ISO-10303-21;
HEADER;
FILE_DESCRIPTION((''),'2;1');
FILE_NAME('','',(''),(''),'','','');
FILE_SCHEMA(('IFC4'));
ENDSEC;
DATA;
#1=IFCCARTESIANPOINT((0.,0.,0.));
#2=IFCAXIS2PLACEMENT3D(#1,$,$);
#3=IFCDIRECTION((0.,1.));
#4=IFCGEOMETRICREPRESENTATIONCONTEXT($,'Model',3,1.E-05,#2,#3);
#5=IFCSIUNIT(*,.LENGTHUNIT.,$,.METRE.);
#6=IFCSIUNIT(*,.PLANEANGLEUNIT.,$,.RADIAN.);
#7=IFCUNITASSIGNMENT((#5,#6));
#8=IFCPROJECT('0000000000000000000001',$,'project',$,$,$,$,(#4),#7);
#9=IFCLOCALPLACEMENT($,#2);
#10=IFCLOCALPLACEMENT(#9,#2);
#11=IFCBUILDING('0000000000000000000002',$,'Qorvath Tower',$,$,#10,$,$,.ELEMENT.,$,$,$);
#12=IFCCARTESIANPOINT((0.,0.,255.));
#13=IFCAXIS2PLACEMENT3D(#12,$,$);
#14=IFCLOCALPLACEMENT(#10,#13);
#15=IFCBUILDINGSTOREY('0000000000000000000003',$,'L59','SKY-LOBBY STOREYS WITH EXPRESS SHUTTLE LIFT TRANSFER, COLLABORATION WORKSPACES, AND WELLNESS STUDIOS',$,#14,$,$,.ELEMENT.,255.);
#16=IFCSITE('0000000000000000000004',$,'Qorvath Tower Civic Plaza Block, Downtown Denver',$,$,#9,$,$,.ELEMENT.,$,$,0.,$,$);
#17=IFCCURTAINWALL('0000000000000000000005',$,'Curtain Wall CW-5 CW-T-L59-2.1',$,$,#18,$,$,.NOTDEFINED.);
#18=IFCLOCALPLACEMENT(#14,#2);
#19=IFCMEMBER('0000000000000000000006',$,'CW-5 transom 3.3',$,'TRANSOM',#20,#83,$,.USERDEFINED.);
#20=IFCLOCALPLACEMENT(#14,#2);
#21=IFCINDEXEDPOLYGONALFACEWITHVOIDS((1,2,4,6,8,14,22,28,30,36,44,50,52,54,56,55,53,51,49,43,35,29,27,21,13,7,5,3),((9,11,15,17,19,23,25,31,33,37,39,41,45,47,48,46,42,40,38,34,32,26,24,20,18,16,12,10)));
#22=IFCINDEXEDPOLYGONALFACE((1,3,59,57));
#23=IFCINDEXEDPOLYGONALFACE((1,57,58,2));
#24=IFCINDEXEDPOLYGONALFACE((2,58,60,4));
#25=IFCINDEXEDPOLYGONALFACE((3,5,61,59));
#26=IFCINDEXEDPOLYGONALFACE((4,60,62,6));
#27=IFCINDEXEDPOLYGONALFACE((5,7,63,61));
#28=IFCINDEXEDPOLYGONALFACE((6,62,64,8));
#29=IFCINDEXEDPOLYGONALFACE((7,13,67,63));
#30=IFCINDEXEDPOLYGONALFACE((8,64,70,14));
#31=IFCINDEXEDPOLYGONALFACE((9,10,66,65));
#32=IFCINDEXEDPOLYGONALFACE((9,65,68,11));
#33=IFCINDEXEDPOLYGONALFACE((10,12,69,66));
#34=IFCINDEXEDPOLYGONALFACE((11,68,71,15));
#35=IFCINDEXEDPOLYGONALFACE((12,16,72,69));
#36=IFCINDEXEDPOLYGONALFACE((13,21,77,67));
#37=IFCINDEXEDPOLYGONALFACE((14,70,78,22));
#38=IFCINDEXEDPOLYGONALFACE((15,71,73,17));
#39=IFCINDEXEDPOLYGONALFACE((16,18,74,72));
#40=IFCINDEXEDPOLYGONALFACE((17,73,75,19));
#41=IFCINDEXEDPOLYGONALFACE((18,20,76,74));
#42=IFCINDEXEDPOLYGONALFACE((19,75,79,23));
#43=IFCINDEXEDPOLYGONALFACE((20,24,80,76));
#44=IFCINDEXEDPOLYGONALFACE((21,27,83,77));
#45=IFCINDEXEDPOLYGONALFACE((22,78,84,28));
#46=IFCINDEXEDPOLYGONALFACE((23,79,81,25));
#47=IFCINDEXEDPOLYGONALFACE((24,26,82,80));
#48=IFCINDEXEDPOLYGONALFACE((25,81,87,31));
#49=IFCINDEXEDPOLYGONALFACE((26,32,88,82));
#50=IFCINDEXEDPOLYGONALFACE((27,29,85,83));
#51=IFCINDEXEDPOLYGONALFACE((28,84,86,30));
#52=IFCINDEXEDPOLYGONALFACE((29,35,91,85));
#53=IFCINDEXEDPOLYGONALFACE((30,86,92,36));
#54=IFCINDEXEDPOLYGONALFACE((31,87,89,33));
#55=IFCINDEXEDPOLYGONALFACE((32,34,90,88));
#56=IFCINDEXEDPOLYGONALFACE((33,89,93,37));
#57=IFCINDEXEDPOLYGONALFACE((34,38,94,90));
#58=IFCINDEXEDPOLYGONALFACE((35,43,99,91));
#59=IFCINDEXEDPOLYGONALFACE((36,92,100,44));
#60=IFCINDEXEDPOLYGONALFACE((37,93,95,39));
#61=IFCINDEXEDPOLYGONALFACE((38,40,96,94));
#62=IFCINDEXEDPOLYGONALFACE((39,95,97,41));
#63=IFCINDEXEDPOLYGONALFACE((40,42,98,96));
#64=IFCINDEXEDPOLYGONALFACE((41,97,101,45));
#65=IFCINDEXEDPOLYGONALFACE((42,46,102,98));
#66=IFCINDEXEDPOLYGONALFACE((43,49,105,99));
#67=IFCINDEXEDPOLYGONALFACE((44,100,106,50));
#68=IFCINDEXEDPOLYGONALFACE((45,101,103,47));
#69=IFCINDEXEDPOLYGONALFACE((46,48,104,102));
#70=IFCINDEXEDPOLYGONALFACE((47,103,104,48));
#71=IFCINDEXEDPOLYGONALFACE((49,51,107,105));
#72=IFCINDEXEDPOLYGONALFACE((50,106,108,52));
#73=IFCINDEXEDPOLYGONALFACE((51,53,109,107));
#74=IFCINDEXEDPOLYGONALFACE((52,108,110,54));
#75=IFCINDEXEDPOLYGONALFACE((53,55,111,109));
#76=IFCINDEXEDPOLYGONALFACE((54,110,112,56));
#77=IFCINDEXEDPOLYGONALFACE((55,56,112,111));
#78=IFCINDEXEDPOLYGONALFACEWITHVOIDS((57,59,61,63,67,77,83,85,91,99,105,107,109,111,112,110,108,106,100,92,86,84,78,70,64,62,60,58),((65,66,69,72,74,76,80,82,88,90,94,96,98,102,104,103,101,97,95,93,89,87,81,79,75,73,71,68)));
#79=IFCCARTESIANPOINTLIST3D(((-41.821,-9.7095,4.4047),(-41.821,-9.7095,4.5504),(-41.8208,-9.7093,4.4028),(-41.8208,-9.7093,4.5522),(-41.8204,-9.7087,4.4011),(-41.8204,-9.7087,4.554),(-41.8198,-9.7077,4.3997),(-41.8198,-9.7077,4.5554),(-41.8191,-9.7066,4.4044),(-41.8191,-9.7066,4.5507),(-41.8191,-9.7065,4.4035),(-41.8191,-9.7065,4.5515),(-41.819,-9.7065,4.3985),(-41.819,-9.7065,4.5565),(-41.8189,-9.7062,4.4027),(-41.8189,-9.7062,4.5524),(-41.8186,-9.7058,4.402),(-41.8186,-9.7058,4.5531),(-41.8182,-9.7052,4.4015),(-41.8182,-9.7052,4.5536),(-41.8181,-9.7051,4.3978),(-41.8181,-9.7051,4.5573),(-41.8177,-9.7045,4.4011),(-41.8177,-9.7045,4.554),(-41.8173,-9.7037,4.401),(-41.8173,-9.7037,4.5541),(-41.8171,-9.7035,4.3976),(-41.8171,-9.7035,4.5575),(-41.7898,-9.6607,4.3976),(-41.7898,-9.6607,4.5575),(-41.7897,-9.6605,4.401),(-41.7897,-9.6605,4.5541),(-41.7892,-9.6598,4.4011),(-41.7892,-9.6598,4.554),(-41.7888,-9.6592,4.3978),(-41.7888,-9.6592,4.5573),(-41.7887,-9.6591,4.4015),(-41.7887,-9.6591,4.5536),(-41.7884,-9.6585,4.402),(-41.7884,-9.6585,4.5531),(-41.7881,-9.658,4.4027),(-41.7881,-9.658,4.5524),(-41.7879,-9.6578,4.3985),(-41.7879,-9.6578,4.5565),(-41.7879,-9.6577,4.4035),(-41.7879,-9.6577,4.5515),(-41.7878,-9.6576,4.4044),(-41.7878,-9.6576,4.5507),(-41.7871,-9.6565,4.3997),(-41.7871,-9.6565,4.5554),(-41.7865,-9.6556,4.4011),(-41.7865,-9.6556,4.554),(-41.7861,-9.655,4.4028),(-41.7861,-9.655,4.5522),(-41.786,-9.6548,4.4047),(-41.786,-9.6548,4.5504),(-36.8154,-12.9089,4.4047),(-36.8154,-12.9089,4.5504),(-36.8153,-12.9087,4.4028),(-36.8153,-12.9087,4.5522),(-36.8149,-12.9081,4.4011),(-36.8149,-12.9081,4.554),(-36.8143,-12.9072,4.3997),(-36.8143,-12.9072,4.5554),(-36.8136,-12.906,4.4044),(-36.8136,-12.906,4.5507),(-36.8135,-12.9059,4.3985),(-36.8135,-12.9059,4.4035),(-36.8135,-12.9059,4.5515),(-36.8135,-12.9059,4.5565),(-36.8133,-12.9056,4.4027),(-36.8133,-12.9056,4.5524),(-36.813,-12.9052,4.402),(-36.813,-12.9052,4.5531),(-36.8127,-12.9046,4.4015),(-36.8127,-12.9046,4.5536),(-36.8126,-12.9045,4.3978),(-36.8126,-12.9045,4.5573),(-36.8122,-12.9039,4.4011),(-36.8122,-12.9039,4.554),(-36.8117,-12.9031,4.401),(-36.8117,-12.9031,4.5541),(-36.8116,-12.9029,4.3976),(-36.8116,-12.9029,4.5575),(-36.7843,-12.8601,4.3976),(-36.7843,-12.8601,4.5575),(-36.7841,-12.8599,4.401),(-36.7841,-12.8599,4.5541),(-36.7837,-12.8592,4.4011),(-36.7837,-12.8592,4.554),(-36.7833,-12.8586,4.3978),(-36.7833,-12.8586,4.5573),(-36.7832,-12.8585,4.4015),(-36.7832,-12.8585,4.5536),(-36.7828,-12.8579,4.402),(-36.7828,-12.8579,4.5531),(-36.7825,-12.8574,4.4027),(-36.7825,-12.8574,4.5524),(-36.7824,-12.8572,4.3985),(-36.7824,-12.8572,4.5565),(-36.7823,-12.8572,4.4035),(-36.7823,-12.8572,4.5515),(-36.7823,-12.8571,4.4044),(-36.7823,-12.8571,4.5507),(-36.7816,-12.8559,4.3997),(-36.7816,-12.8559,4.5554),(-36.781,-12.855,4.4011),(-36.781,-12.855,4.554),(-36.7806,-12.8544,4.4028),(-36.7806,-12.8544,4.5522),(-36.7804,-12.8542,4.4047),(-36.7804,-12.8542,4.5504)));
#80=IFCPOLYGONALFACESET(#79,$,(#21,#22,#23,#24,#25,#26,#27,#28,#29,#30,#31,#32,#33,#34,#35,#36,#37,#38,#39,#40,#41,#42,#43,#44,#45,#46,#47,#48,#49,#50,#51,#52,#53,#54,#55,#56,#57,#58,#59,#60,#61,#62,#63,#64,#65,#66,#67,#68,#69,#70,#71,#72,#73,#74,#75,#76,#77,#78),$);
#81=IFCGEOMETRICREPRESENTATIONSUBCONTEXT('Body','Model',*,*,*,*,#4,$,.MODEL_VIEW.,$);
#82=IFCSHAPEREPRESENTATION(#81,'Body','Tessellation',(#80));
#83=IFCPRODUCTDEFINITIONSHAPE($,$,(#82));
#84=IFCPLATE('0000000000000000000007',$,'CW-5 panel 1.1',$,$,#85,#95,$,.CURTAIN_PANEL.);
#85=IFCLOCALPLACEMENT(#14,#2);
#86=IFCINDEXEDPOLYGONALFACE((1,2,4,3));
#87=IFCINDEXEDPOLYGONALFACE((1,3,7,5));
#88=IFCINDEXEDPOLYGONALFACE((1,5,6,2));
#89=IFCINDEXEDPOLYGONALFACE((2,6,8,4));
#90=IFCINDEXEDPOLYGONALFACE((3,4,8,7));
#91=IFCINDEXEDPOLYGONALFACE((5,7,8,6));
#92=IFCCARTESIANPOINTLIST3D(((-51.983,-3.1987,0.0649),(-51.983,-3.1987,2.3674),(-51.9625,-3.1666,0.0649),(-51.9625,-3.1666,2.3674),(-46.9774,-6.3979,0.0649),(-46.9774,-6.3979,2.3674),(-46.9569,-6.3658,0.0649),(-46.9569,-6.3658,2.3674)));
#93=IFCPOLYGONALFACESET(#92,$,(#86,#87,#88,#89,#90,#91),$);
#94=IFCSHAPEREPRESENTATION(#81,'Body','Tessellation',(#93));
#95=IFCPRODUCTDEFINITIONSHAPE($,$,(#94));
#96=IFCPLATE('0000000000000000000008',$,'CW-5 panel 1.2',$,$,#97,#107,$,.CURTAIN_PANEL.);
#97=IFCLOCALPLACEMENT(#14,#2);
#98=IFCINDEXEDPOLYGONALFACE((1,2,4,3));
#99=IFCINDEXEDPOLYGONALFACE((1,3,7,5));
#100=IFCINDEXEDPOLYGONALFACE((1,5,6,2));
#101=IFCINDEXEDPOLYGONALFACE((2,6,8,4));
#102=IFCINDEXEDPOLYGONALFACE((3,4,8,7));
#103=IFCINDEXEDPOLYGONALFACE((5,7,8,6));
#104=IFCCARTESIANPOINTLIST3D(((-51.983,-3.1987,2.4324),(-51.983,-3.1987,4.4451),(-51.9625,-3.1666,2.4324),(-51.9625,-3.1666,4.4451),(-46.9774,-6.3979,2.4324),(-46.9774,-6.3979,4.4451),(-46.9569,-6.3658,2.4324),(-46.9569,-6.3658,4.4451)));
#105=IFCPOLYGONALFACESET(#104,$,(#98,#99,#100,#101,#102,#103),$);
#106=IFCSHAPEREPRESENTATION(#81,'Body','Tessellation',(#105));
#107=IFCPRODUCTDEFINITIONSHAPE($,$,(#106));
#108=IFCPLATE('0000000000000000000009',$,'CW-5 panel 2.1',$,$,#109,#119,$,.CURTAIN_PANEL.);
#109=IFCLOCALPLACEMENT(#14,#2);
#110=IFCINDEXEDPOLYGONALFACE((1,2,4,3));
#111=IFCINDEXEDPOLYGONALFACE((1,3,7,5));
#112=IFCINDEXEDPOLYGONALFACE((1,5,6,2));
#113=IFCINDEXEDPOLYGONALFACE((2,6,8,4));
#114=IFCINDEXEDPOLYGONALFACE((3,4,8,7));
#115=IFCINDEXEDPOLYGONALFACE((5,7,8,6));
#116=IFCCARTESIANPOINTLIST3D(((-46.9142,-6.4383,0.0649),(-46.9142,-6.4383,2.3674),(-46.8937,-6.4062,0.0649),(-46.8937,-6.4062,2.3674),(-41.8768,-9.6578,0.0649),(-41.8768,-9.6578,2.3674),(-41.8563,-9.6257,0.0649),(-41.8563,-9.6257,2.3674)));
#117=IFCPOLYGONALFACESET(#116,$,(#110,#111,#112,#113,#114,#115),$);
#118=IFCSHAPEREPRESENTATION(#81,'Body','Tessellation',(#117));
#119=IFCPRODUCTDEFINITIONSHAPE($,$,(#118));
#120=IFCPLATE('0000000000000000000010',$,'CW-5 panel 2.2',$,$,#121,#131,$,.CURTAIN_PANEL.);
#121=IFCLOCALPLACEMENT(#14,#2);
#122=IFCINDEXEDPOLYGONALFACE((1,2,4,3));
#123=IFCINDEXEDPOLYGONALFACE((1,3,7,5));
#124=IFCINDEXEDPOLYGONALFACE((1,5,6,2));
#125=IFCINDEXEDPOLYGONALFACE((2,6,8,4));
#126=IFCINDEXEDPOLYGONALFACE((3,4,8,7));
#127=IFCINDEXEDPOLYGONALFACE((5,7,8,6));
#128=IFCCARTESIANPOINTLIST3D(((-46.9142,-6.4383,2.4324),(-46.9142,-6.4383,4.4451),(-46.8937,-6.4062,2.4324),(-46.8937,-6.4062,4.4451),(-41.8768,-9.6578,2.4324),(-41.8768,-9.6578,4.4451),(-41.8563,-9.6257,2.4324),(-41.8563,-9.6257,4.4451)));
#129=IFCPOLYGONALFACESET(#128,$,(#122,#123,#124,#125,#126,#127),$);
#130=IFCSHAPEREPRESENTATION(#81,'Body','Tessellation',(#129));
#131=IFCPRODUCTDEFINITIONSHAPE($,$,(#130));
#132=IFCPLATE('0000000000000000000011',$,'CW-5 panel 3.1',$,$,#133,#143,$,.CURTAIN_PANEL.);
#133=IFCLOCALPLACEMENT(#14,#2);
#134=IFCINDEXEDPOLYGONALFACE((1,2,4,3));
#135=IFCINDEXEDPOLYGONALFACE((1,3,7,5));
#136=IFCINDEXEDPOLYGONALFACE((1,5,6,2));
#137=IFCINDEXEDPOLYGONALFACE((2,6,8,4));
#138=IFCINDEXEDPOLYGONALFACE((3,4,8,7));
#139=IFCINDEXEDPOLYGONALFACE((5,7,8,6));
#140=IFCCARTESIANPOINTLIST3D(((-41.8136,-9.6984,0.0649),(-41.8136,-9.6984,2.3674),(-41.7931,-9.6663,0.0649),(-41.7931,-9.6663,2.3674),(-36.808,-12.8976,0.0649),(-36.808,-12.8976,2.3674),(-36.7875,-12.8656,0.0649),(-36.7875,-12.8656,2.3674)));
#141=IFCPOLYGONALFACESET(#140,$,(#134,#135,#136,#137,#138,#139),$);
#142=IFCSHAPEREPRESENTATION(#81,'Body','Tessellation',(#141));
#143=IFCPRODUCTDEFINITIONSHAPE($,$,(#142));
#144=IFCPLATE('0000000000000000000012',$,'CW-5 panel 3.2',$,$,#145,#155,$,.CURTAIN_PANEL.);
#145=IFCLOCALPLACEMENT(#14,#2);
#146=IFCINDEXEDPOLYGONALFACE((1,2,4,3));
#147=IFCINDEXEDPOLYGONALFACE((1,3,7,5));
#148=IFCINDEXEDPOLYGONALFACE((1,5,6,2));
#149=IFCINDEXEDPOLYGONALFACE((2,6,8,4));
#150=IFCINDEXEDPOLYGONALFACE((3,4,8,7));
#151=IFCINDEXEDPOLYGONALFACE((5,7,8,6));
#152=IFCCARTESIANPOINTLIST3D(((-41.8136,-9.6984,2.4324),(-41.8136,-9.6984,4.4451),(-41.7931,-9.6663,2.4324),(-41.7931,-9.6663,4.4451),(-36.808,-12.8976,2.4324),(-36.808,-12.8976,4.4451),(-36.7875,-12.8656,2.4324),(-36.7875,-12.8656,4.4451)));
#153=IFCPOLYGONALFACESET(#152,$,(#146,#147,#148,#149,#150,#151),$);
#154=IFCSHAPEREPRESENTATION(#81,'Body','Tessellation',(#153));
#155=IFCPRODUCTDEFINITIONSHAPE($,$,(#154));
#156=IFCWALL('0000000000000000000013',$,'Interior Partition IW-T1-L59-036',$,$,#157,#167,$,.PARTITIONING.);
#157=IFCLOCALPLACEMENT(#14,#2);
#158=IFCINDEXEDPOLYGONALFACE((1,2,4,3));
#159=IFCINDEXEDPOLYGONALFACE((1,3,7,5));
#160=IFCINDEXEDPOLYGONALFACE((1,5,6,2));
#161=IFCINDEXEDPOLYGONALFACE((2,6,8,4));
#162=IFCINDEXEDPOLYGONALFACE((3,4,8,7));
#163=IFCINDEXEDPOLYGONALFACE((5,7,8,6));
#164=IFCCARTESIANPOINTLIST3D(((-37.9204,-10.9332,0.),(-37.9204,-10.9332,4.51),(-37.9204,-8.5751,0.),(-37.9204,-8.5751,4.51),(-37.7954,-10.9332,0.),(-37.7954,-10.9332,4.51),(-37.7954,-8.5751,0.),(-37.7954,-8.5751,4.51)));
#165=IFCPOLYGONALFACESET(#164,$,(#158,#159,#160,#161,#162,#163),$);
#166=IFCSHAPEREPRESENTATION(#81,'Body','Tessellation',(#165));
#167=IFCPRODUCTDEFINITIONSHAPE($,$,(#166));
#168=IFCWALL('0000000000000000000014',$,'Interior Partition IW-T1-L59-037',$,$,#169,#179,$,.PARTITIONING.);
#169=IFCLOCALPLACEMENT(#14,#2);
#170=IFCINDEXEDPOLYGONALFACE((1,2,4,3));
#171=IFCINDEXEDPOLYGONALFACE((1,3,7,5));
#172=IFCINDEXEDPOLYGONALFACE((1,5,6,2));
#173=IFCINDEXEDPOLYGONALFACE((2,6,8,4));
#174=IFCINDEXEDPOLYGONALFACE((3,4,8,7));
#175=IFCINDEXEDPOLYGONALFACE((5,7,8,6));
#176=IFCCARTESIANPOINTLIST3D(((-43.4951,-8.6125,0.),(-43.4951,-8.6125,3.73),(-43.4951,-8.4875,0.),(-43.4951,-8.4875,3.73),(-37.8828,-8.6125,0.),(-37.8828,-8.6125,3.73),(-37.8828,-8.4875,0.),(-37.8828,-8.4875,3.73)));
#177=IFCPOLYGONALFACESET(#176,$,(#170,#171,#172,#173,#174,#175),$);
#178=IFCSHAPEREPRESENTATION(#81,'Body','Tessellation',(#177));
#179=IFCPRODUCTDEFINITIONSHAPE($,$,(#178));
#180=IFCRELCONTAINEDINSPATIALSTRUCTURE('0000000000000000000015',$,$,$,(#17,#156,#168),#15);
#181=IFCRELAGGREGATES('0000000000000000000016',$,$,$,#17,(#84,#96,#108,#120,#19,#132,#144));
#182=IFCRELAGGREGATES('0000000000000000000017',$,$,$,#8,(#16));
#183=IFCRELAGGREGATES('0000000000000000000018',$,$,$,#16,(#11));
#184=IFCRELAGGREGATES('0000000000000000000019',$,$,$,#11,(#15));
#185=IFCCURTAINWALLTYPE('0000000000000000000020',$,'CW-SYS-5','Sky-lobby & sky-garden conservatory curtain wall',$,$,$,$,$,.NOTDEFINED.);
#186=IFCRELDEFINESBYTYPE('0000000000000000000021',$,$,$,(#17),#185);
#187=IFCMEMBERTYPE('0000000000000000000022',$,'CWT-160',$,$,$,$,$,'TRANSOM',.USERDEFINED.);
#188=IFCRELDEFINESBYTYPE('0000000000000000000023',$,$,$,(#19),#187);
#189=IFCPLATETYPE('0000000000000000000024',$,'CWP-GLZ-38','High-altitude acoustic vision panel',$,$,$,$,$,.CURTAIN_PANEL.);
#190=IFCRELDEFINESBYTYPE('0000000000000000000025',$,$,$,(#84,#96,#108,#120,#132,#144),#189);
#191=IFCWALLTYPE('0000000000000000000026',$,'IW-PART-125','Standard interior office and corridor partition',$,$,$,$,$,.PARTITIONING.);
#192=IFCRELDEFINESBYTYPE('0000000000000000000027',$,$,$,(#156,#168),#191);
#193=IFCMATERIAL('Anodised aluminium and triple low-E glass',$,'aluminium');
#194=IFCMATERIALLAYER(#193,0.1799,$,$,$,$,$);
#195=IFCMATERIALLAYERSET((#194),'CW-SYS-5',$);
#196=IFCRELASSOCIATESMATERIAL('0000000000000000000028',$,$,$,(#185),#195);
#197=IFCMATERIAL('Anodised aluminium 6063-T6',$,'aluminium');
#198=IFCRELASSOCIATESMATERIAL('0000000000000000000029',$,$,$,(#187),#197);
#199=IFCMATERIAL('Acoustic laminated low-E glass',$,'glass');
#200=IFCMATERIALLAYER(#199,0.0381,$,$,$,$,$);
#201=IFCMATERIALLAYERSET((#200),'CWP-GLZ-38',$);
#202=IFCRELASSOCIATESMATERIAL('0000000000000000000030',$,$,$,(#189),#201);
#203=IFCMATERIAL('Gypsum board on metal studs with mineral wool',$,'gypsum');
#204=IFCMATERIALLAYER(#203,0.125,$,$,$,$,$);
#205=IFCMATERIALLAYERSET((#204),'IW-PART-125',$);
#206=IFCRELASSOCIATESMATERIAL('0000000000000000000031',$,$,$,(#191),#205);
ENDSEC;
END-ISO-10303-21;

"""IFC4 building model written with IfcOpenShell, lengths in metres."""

from ifc_helpers import new_model, si_unit, direction, frame, frame_2d, origin, origin_2d, place, context, subcontext, project, spatial, rectangle, hollow_rectangle, extrude, material, layer, layer_set, material_profile, profile_set, type_object, element, aggregate, save


model = new_model("IFC4")

# Units and contexts
model_context = context("Model", 3, precision=1e-05, world=origin(), true_north=direction((0.0, 1.0)))
body_context = subcontext(model_context, "Body", "Model", "MODEL_VIEW")
ifc_project = project(units=[si_unit("LENGTHUNIT", "METRE"), si_unit("PLANEANGLEUNIT", "RADIAN")], contexts=[model_context])

# Site, building, storey
site_placement = place(None, origin())
site = spatial("IfcSite", under=ifc_project, at=site_placement, Name="Qorvath Tower Civic Plaza Block, Downtown Denver", CompositionType="ELEMENT", RefElevation=0.0)
building_placement = place(site_placement, origin())
building = spatial("IfcBuilding", under=site, at=building_placement, Name="Qorvath Tower", CompositionType="ELEMENT")
storey_placement = place(building_placement, frame((0.0, 0.0, 255.0)))
storey = spatial("IfcBuildingStorey", under=building, at=storey_placement, Name="L59", Description="SKY-LOBBY STOREYS WITH EXPRESS SHUTTLE LIFT TRANSFER, COLLABORATION WORKSPACES, AND WELLNESS STUDIOS", CompositionType="ELEMENT", Elevation=255.0)

# Curtain wall, member, plates
ifc_material_1 = material(Name="Anodised aluminium and triple low-E glass", Category="aluminium")
ifc_layer_1 = layer(ifc_material_1, 0.1799)
ifc_layer_set_1 = layer_set([ifc_layer_1], Name="CW-SYS-5")
curtain_wall_type = type_object("IfcCurtainWallType", Name="CW-SYS-5", Description="Sky-lobby & sky-garden conservatory curtain wall", PredefinedType="NOTDEFINED", material=ifc_layer_set_1)
curtain_wall_placement = place(storey_placement, origin())
curtain_wall = element("IfcCurtainWall", 1, at=curtain_wall_placement, inside=storey, type_object=curtain_wall_type, Name="Curtain Wall CW-5 CW-T-L59-2.1", PredefinedType="NOTDEFINED")
ifc_material_2 = material(Name="Anodised aluminium 6063-T6", Category="aluminium")
ifc_material_profile_1 = material_profile(ifc_material_2, hollow_rectangle(XDim=0.0649, YDim=0.1599, WallThickness=0.0034, InnerFilletRadius=0.0034, OuterFilletRadius=0.0071, at=origin_2d()), Name="CWT 160x65")
ifc_profile_set_1 = profile_set([ifc_material_profile_1], Name="Anodised aluminium 6063-T6")
member_type_1 = type_object("IfcMemberType", Name="CWT-160", ElementType="TRANSOM", PredefinedType="USERDEFINED", material=ifc_profile_set_1)
member_1_placement = place(storey_placement, frame((-41.8035, -9.6821, 4.4775), z_axis=(0.842587, -0.53856, 0.0), x_axis=(0.53856, 0.842587, 0.0)))
member_1 = element("IfcMember", 2, at=member_1_placement, type_object=member_type_1, Name="CW-5 transom 3.3", ObjectType="TRANSOM", PredefinedType="USERDEFINED", context=body_context, shape_type="SweptSolid", body=[
    extrude(hollow_rectangle(XDim=0.0649, YDim=0.1599, WallThickness=0.0034, InnerFilletRadius=0.0034, OuterFilletRadius=0.0071, at=origin_2d()), origin(), (0.0, 0.0, 1.0), 5.9407),
])
ifc_material_3 = material(Name="Acoustic laminated low-E glass", Category="glass")
ifc_layer_2 = layer(ifc_material_3, 0.0381)
ifc_layer_set_2 = layer_set([ifc_layer_2], Name="CWP-GLZ-38")
plate_type = type_object("IfcPlateType", Name="CWP-GLZ-38", Description="High-altitude acoustic vision panel", PredefinedType="CURTAIN_PANEL", material=ifc_layer_set_2)
plate_1_placement = place(storey_placement, frame((-49.47, -4.7822, 0.0649), z_axis=(0.0, 0.0, 1.0), x_axis=(0.842605, -0.538532, 0.0)))
plate_1 = element("IfcPlate", 3, at=plate_1_placement, type_object=plate_type, Name="CW-5 panel 1.1", PredefinedType="CURTAIN_PANEL", context=body_context, shape_type="SweptSolid", body=[
    extrude(rectangle(XDim=5.9407, YDim=0.0381, at=origin_2d()), origin(), (0.0, 0.0, 1.0), 2.3025),
])
plate_2_placement = place(storey_placement, frame((-49.47, -4.7822, 2.4324), z_axis=(0.0, 0.0, 1.0), x_axis=(0.842605, -0.538532, 0.0)))
plate_2 = element("IfcPlate", 4, at=plate_2_placement, type_object=plate_type, Name="CW-5 panel 1.2", PredefinedType="CURTAIN_PANEL", context=body_context, shape_type="SweptSolid", body=[
    extrude(rectangle(XDim=5.9407, YDim=0.0381, at=origin_2d()), origin(), (0.0, 0.0, 1.0), 2.0127),
])
plate_3_placement = place(storey_placement, frame((-44.3853, -8.032, 0.0649), z_axis=(0.0, 0.0, 1.0), x_axis=(0.842605, -0.538532, 0.0)))
plate_3 = element("IfcPlate", 5, at=plate_3_placement, type_object=plate_type, Name="CW-5 panel 2.1", PredefinedType="CURTAIN_PANEL", context=body_context, shape_type="SweptSolid", body=[
    extrude(rectangle(XDim=5.9783, YDim=0.0381, at=origin_2d()), origin(), (0.0, 0.0, 1.0), 2.3025),
])
plate_4_placement = place(storey_placement, frame((-44.3853, -8.032, 2.4324), z_axis=(0.0, 0.0, 1.0), x_axis=(0.842605, -0.538532, 0.0)))
plate_4 = element("IfcPlate", 6, at=plate_4_placement, type_object=plate_type, Name="CW-5 panel 2.2", PredefinedType="CURTAIN_PANEL", context=body_context, shape_type="SweptSolid", body=[
    extrude(rectangle(XDim=5.9783, YDim=0.0381, at=origin_2d()), origin(), (0.0, 0.0, 1.0), 2.0127),
])
plate_5_placement = place(storey_placement, frame((-39.3005, -11.282, 0.0649), z_axis=(0.0, 0.0, 1.0), x_axis=(0.842605, -0.538532, 0.0)))
plate_5 = element("IfcPlate", 7, at=plate_5_placement, type_object=plate_type, Name="CW-5 panel 3.1", PredefinedType="CURTAIN_PANEL", context=body_context, shape_type="SweptSolid", body=[
    extrude(rectangle(XDim=5.9407, YDim=0.0381, at=origin_2d()), origin(), (0.0, 0.0, 1.0), 2.3025),
])
plate_6_placement = place(storey_placement, frame((-39.3005, -11.282, 2.4324), z_axis=(0.0, 0.0, 1.0), x_axis=(0.842605, -0.538532, 0.0)))
plate_6 = element("IfcPlate", 8, at=plate_6_placement, type_object=plate_type, Name="CW-5 panel 3.2", PredefinedType="CURTAIN_PANEL", context=body_context, shape_type="SweptSolid", body=[
    extrude(rectangle(XDim=5.9407, YDim=0.0381, at=origin_2d()), origin(), (0.0, 0.0, 1.0), 2.0127),
])
aggregate(curtain_wall, [plate_1, plate_2, plate_3, plate_4, member_1, plate_5, plate_6])

# Walls
ifc_material_4 = material(Name="Gypsum board on metal studs with mineral wool", Category="gypsum")
ifc_layer_3 = layer(ifc_material_4, 0.125)
ifc_layer_set_3 = layer_set([ifc_layer_3], Name="IW-PART-125")
wall_type_1 = type_object("IfcWallType", Name="IW-PART-125", Description="Standard interior office and corridor partition", PredefinedType="PARTITIONING", material=ifc_layer_set_3)
wall_1_placement = place(storey_placement, frame((-37.8579, -8.575, 0.0), z_axis=(0.0, 0.0, 1.0), x_axis=(0.0, -1.0, 0.0)))
element("IfcWall", 9, at=wall_1_placement, inside=storey, type_object=wall_type_1, Name="Interior Partition IW-T1-L59-036", PredefinedType="PARTITIONING", context=body_context, shape_type="SweptSolid", body=[
    extrude(rectangle(XDim=2.3582, YDim=0.125, at=frame_2d((1.1792, 0.0))), origin(), (0.0, 0.0, 1.0), 4.51),
])
wall_2_placement = place(storey_placement, frame((-37.8828, -8.55, 0.0), z_axis=(0.0, 0.0, 1.0), x_axis=(-1.0, 0.0, 0.0)))
element("IfcWall", 10, at=wall_2_placement, inside=storey, type_object=wall_type_1, Name="Interior Partition IW-T1-L59-037", PredefinedType="PARTITIONING", context=body_context, shape_type="SweptSolid", body=[
    extrude(rectangle(XDim=5.6123, YDim=0.125, at=frame_2d((2.8062, 0.0))), origin(), (0.0, 0.0, 1.0), 3.73),
])

save(model, "model.ifc")
